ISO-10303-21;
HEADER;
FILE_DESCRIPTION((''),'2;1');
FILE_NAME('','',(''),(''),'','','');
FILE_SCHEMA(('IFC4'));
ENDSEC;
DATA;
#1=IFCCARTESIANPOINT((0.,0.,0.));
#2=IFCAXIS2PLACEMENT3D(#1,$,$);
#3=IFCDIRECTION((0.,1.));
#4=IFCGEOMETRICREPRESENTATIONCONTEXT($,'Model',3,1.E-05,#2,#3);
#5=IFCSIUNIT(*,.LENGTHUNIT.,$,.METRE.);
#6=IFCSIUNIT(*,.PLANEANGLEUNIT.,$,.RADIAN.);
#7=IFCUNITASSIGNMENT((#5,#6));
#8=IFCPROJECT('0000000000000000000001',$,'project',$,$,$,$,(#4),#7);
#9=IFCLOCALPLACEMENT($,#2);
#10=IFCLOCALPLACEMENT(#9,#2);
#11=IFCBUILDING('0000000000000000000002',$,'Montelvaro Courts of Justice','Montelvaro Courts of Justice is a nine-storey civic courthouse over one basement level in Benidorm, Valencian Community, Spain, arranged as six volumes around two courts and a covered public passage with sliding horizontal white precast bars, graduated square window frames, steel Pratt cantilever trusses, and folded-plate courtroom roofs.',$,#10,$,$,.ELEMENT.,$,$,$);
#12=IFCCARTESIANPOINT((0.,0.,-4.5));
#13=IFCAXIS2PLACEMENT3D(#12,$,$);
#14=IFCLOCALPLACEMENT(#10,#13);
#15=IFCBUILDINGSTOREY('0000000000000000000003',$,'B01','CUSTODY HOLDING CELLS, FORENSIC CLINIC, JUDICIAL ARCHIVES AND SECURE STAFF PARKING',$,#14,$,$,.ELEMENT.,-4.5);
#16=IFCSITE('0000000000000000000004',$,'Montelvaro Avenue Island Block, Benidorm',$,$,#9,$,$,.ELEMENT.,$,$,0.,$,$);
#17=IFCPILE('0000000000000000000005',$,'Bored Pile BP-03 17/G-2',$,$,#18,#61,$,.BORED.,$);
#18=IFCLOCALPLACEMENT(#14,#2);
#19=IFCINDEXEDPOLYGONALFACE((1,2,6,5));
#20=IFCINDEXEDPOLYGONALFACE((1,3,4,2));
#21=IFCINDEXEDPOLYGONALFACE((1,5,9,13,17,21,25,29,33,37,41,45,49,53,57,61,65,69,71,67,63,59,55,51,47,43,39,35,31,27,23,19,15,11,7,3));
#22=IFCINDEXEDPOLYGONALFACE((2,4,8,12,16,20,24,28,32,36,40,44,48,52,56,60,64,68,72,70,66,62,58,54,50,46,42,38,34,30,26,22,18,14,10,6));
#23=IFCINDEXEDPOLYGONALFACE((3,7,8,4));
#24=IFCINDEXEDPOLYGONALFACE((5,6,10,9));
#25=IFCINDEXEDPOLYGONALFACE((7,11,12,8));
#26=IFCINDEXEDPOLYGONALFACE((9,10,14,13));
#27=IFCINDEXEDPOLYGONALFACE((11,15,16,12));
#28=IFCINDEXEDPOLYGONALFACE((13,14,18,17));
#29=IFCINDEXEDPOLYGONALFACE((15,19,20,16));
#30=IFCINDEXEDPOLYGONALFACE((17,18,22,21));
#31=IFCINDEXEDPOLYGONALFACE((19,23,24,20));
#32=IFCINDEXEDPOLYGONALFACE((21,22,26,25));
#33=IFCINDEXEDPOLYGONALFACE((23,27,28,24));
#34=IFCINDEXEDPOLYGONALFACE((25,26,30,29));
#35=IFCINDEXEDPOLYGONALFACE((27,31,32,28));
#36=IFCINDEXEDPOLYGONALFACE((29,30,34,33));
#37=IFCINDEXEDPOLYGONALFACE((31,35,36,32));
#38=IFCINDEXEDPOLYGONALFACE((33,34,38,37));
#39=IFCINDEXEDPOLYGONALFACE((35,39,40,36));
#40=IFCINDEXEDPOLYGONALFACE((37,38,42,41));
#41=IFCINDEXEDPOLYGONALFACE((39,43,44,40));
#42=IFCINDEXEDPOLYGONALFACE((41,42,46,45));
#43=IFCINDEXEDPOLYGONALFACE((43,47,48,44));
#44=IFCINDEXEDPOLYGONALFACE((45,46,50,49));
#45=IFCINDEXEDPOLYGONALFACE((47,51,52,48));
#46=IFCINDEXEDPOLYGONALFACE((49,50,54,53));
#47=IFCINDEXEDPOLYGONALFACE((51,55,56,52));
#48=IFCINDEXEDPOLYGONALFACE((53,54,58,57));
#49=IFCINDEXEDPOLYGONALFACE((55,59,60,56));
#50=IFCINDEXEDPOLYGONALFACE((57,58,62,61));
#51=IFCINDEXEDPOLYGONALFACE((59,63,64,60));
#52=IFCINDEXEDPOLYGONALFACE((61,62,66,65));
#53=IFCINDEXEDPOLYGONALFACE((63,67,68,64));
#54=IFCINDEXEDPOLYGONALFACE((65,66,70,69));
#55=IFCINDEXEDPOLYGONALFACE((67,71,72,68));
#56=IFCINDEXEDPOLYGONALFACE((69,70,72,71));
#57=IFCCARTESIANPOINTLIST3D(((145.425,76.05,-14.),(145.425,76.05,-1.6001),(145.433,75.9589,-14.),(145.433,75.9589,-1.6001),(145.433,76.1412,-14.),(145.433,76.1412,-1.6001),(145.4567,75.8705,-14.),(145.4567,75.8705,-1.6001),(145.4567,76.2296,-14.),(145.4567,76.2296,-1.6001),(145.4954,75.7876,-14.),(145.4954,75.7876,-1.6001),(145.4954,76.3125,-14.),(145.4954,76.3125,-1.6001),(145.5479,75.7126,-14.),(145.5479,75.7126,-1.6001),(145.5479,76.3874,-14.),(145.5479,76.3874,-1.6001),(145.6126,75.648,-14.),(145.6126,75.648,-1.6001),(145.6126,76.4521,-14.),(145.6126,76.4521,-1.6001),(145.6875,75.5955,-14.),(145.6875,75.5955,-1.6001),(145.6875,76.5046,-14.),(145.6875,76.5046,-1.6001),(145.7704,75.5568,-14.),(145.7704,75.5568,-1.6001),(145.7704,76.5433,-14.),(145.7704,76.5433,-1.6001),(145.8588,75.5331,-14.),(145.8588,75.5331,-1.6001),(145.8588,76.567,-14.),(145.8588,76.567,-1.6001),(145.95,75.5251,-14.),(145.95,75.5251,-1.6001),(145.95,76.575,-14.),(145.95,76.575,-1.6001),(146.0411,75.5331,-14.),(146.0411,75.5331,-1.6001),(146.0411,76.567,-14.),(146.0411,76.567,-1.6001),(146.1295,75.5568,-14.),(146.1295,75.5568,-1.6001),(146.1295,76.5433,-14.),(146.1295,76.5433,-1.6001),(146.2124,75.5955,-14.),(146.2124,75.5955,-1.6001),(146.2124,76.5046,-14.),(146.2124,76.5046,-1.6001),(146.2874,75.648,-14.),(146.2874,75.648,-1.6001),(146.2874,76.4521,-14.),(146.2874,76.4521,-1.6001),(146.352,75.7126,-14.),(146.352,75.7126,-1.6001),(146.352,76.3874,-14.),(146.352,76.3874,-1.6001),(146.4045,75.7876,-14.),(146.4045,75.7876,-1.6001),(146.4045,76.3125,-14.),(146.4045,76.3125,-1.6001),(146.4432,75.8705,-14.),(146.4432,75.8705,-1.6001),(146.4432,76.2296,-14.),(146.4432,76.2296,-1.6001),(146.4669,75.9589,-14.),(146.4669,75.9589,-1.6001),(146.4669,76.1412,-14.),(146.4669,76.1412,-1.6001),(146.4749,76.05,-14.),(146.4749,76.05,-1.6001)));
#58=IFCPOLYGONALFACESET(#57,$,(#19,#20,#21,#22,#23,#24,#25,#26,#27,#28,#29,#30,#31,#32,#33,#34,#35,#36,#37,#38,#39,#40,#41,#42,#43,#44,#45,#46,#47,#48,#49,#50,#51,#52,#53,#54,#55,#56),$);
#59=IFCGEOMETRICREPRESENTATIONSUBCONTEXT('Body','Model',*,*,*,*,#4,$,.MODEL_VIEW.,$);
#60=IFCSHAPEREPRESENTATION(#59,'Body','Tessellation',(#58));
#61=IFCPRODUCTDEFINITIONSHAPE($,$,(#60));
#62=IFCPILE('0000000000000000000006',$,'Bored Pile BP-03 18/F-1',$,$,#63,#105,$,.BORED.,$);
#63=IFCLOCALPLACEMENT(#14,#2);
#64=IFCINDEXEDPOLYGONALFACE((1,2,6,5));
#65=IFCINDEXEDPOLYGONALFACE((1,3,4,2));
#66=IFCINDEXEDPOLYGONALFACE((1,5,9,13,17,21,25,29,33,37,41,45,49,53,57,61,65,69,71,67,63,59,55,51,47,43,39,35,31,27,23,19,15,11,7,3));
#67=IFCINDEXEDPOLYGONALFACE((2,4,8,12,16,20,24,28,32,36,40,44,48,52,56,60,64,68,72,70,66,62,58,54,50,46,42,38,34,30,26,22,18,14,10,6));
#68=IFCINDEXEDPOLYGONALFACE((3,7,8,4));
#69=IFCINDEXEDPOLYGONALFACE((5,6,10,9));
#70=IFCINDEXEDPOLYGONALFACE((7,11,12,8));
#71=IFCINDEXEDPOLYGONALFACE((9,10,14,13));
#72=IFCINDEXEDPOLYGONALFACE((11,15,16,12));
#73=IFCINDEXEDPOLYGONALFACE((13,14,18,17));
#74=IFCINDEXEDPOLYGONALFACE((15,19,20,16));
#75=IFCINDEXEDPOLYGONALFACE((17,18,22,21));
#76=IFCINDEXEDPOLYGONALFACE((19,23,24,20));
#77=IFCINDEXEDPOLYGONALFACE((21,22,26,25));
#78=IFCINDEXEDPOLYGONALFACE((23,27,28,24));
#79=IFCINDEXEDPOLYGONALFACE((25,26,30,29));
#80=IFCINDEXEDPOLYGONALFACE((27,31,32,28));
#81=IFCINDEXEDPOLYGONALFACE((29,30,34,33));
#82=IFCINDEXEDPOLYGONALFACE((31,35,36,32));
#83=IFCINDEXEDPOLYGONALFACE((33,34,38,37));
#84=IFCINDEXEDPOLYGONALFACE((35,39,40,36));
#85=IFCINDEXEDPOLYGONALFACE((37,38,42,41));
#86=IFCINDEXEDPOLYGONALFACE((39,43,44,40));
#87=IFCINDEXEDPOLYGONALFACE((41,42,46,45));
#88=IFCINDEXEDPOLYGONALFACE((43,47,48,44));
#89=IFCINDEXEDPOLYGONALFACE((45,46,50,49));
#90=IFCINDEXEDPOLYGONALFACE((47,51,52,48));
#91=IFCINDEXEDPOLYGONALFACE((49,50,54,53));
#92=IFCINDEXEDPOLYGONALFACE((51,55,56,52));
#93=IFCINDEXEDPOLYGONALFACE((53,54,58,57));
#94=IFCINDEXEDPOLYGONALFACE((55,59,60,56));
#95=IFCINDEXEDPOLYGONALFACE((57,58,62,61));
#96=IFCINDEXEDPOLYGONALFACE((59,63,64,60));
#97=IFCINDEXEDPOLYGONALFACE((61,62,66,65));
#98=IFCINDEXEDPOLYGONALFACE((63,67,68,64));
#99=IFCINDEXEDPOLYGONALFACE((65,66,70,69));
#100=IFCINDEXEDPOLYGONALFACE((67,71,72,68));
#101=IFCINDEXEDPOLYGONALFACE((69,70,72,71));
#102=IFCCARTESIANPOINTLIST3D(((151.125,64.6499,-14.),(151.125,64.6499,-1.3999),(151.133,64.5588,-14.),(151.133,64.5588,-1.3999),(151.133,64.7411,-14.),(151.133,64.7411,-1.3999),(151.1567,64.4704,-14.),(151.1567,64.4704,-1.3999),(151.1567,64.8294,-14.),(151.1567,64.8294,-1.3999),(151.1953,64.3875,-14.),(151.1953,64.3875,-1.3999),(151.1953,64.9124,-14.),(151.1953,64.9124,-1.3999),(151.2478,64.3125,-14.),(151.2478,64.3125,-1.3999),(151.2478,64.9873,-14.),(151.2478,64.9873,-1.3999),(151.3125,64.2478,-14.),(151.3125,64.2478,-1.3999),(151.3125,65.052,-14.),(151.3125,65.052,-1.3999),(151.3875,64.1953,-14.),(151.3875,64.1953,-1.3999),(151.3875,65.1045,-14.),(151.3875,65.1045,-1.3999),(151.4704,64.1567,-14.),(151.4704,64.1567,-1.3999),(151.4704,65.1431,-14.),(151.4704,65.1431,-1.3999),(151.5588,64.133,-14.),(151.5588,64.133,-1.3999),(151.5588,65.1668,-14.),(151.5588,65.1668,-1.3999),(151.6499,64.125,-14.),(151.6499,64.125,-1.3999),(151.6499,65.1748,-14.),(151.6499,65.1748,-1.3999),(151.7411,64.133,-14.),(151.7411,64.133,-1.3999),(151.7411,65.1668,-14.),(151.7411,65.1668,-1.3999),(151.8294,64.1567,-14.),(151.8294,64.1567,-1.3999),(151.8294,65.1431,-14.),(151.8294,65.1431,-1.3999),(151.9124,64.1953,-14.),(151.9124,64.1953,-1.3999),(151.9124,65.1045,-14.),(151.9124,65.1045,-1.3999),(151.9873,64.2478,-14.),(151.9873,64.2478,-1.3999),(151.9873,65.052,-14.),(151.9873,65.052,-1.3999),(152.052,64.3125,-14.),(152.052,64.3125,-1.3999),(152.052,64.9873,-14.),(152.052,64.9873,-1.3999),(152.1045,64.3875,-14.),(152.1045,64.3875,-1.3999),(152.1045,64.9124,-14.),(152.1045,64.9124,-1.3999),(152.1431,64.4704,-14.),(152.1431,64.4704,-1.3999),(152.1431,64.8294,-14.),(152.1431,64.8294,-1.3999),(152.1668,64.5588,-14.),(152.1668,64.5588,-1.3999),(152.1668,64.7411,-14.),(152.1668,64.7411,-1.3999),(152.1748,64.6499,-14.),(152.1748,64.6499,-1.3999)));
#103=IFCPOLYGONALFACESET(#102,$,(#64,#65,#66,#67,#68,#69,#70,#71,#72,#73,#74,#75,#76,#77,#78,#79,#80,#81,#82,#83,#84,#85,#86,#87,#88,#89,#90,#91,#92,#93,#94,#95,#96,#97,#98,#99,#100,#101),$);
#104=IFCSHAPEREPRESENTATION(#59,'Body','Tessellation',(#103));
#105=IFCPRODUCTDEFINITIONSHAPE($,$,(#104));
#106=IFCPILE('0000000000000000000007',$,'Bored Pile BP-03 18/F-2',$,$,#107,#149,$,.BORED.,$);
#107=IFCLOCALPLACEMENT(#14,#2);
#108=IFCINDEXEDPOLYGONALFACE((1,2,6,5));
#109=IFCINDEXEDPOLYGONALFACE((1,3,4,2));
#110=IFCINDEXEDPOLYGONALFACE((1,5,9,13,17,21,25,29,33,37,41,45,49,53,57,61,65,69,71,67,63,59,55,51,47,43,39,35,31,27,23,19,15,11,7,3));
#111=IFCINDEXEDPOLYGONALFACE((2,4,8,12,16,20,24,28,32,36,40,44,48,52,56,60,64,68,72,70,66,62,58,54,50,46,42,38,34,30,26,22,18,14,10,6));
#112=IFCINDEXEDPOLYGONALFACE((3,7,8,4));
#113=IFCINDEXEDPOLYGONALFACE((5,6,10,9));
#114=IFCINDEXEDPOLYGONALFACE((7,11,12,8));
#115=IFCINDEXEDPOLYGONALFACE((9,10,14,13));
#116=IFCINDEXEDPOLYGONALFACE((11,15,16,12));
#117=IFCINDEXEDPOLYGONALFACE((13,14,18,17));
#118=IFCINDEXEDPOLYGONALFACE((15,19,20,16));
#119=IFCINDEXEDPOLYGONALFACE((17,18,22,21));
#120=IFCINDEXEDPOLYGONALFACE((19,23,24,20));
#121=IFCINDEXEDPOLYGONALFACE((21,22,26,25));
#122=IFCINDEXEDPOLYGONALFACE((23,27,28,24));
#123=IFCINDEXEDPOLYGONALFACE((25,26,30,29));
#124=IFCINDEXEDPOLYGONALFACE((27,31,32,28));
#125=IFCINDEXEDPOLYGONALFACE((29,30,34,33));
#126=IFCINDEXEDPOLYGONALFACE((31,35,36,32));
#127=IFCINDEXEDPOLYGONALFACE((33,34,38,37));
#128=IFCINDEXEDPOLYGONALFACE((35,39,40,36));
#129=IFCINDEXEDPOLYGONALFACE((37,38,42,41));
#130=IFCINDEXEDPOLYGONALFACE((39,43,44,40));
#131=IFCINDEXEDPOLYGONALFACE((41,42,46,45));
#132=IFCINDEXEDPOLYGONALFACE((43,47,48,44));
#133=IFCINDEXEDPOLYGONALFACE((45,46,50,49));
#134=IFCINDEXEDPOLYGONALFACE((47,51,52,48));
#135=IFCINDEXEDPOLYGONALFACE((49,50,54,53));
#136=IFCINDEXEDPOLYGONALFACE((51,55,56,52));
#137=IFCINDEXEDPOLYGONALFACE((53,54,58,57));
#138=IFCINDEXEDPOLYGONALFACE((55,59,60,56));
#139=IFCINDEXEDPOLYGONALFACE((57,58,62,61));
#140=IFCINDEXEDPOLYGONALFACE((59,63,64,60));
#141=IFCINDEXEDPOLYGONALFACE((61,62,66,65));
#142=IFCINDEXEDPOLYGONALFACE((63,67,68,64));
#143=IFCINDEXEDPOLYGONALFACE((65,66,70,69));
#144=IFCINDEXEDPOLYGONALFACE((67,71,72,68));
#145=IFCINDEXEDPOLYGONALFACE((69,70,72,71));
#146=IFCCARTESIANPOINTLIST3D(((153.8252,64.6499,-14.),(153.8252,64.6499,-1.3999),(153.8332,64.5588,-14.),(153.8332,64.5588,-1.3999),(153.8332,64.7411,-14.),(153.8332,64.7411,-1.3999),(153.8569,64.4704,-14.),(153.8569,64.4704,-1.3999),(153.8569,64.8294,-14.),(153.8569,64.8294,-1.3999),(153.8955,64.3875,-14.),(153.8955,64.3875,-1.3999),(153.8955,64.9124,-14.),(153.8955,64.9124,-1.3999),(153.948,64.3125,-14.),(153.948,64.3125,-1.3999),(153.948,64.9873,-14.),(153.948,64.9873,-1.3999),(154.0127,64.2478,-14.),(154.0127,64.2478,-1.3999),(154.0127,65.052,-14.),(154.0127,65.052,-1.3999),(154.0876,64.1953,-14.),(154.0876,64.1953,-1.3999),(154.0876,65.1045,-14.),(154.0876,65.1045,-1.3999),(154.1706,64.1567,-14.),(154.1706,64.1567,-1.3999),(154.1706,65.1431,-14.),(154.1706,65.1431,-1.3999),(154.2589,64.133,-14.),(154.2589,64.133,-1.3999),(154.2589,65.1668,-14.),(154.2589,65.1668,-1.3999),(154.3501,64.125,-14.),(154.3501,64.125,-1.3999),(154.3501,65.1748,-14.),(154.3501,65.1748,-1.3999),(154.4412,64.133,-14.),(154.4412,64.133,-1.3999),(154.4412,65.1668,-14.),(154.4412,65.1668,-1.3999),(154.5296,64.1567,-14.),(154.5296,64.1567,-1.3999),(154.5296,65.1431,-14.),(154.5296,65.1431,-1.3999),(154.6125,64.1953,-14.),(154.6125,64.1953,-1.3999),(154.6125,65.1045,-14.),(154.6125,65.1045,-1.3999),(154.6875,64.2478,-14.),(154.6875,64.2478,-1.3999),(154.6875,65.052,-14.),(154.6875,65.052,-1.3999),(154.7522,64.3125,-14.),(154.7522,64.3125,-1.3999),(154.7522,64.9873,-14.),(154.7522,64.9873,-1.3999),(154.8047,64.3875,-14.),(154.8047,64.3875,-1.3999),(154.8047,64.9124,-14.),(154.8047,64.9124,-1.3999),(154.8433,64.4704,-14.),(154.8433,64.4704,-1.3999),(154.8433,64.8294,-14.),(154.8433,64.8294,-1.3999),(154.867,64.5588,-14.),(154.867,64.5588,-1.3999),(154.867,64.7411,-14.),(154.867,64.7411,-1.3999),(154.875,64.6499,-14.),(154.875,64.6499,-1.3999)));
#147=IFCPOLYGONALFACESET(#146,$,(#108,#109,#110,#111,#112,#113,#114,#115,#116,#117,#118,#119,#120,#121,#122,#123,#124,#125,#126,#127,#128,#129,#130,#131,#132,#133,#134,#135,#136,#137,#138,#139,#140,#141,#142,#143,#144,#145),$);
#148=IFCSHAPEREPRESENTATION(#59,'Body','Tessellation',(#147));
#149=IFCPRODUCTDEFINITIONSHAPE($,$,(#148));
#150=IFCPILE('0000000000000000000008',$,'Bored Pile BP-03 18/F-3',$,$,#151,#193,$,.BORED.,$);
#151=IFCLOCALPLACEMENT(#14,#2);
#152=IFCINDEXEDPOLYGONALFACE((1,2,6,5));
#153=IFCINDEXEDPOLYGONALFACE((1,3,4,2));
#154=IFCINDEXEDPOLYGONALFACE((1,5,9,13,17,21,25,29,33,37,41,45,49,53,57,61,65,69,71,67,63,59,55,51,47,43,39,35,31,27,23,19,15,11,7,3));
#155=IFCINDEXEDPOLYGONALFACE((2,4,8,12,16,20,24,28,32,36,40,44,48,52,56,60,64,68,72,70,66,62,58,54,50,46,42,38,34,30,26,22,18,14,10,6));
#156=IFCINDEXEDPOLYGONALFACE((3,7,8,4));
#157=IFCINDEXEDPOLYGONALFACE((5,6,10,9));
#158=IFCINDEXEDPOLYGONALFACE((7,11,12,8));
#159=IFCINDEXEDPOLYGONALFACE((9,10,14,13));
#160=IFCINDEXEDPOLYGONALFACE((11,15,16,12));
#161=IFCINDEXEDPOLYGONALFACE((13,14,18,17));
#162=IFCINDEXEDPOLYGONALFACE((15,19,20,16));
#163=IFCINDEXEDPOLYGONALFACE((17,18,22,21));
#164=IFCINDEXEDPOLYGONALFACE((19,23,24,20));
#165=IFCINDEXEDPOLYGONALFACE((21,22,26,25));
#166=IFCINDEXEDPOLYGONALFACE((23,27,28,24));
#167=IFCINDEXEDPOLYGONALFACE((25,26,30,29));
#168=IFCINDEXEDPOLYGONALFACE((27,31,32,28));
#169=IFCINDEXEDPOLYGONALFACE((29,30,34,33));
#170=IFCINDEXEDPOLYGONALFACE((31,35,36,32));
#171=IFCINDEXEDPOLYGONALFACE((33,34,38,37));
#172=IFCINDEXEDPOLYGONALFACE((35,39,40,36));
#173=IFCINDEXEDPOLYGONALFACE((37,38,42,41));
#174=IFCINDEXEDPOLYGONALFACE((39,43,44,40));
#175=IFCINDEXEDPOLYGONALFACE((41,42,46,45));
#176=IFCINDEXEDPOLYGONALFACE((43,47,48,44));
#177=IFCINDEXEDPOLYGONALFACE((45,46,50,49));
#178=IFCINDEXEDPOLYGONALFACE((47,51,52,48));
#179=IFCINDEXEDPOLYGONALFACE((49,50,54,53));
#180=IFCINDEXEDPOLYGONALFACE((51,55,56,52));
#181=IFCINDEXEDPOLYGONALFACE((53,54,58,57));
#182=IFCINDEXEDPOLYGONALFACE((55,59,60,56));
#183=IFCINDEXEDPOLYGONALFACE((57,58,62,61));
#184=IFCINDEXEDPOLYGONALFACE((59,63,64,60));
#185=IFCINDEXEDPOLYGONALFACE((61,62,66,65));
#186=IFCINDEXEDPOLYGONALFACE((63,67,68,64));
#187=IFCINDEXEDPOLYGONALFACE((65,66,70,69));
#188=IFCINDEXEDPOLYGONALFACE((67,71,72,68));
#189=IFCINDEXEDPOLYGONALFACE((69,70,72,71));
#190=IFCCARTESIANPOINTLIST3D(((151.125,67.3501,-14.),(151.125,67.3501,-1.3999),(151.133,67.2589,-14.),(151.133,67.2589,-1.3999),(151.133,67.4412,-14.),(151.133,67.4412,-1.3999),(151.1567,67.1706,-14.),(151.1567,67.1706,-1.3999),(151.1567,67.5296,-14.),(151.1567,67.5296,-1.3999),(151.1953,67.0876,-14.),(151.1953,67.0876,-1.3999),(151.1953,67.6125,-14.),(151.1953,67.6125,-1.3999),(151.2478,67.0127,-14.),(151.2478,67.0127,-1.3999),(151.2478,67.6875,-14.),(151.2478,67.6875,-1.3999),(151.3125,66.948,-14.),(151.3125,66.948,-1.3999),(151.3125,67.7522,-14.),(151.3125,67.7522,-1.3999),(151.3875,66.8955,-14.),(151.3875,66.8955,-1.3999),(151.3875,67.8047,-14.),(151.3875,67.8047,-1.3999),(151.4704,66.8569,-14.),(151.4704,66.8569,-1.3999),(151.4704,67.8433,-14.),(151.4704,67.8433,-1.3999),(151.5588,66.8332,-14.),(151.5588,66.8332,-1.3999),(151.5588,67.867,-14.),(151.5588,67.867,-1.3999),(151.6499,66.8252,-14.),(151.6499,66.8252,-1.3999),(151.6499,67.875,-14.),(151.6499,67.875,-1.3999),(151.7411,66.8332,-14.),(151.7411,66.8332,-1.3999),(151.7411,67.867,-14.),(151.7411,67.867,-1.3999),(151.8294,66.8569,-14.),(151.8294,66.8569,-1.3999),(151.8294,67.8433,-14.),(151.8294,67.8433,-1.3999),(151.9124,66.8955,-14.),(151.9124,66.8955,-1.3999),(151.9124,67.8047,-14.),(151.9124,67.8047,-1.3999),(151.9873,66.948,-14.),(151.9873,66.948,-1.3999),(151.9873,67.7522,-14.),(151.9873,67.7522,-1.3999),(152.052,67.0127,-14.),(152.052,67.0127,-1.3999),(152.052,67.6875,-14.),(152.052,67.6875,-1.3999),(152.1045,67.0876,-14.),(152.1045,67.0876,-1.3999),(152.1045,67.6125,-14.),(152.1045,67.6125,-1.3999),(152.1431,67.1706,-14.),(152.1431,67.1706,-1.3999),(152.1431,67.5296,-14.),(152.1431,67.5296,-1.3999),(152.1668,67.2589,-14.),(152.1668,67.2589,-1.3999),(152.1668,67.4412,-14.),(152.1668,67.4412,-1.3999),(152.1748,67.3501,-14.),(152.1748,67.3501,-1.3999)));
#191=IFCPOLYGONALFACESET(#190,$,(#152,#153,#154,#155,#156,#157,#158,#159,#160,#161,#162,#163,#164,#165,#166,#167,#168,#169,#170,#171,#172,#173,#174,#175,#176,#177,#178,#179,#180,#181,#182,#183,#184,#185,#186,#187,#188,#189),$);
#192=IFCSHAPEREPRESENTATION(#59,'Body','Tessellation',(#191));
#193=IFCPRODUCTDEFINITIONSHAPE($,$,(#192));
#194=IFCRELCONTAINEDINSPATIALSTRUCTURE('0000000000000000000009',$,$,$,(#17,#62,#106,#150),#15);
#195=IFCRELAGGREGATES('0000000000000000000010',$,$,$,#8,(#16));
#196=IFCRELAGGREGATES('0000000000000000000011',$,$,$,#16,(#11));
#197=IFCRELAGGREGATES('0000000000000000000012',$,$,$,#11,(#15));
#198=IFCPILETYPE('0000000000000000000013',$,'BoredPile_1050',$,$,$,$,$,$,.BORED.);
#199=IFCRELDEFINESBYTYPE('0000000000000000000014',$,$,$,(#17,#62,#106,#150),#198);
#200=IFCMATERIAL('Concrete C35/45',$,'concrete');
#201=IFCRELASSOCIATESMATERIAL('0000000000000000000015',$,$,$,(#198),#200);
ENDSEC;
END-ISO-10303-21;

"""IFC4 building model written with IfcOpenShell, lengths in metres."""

from ifc_helpers import new_model, si_unit, direction, frame, origin, origin_2d, place, context, subcontext, project, spatial, circle, extrude, material, material_profile, profile_set, type_object, element, save


model = new_model("IFC4")

# Units and contexts
model_context = context("Model", 3, precision=1e-05, world=origin(), true_north=direction((0.0, 1.0)))
body_context = subcontext(model_context, "Body", "Model", "MODEL_VIEW")
ifc_project = project(units=[si_unit("LENGTHUNIT", "METRE"), si_unit("PLANEANGLEUNIT", "RADIAN")], contexts=[model_context])

# Site, building, storey
site_placement = place(None, origin())
site = spatial("IfcSite", under=ifc_project, at=site_placement, Name="Montelvaro Avenue Island Block, Benidorm", CompositionType="ELEMENT", RefElevation=0.0)
building_placement = place(site_placement, origin())
building = spatial("IfcBuilding", under=site, at=building_placement, Name="Montelvaro Courts of Justice", Description="Montelvaro Courts of Justice is a nine-storey civic courthouse over one basement level in Benidorm, Valencian Community, Spain, arranged as six volumes around two courts and a covered public passage with sliding horizontal white precast bars, graduated square window frames, steel Pratt cantilever trusses, and folded-plate courtroom roofs.", CompositionType="ELEMENT")
storey_placement = place(building_placement, frame((0.0, 0.0, -4.5)))
storey = spatial("IfcBuildingStorey", under=building, at=storey_placement, Name="B01", Description="CUSTODY HOLDING CELLS, FORENSIC CLINIC, JUDICIAL ARCHIVES AND SECURE STAFF PARKING", CompositionType="ELEMENT", Elevation=-4.5)

# Piles
ifc_material_1 = material(Name="Concrete C35/45", Category="concrete")
ifc_material_profile_1 = material_profile(ifc_material_1, circle(Radius=0.5249, at=origin_2d()), Name="BORED PILE D1050")
ifc_profile_set_1 = profile_set([ifc_material_profile_1], Name="Concrete C35/45")
pile_type_1 = type_object("IfcPileType", Name="BoredPile_1050", PredefinedType="BORED", material=ifc_profile_set_1)
pile_1_placement = place(storey_placement, frame((145.95, 76.05, -1.6001), z_axis=(0.0, 0.0, -1.0), x_axis=(1.0, 0.0, 0.0)))
element("IfcPile", 1, at=pile_1_placement, inside=storey, type_object=pile_type_1, Name="Bored Pile BP-03 17/G-2", PredefinedType="BORED", context=body_context, shape_type="SweptSolid", body=[
    extrude(circle(Radius=0.5249, at=origin_2d()), origin(), (0.0, 0.0, 1.0), 12.3999),
])
for number, where, z_axis, x_axis, name in (
    (2, (151.6499, 64.6499, -1.3999), (0.0, 0.0, -1.0), (1.0, 0.0, 0.0), "Bored Pile BP-03 18/F-1"),
    (3, (154.3501, 64.6499, -1.3999), (0.0, 0.0, -1.0), (1.0, 0.0, 0.0), "Bored Pile BP-03 18/F-2"),
    (4, (151.6499, 67.3501, -1.3999), (0.0, 0.0, -1.0), (1.0, 0.0, 0.0), "Bored Pile BP-03 18/F-3"),
):
    element("IfcPile", number, at=place(storey_placement, frame(where, z_axis=z_axis, x_axis=x_axis)), inside=storey, type_object=pile_type_1, Name=name, PredefinedType="BORED", context=body_context, shape_type="SweptSolid", body=[
        extrude(circle(Radius=0.5249, at=origin_2d()), origin(), (0.0, 0.0, 1.0), 12.6001),
    ])

save(model, "model.ifc")
